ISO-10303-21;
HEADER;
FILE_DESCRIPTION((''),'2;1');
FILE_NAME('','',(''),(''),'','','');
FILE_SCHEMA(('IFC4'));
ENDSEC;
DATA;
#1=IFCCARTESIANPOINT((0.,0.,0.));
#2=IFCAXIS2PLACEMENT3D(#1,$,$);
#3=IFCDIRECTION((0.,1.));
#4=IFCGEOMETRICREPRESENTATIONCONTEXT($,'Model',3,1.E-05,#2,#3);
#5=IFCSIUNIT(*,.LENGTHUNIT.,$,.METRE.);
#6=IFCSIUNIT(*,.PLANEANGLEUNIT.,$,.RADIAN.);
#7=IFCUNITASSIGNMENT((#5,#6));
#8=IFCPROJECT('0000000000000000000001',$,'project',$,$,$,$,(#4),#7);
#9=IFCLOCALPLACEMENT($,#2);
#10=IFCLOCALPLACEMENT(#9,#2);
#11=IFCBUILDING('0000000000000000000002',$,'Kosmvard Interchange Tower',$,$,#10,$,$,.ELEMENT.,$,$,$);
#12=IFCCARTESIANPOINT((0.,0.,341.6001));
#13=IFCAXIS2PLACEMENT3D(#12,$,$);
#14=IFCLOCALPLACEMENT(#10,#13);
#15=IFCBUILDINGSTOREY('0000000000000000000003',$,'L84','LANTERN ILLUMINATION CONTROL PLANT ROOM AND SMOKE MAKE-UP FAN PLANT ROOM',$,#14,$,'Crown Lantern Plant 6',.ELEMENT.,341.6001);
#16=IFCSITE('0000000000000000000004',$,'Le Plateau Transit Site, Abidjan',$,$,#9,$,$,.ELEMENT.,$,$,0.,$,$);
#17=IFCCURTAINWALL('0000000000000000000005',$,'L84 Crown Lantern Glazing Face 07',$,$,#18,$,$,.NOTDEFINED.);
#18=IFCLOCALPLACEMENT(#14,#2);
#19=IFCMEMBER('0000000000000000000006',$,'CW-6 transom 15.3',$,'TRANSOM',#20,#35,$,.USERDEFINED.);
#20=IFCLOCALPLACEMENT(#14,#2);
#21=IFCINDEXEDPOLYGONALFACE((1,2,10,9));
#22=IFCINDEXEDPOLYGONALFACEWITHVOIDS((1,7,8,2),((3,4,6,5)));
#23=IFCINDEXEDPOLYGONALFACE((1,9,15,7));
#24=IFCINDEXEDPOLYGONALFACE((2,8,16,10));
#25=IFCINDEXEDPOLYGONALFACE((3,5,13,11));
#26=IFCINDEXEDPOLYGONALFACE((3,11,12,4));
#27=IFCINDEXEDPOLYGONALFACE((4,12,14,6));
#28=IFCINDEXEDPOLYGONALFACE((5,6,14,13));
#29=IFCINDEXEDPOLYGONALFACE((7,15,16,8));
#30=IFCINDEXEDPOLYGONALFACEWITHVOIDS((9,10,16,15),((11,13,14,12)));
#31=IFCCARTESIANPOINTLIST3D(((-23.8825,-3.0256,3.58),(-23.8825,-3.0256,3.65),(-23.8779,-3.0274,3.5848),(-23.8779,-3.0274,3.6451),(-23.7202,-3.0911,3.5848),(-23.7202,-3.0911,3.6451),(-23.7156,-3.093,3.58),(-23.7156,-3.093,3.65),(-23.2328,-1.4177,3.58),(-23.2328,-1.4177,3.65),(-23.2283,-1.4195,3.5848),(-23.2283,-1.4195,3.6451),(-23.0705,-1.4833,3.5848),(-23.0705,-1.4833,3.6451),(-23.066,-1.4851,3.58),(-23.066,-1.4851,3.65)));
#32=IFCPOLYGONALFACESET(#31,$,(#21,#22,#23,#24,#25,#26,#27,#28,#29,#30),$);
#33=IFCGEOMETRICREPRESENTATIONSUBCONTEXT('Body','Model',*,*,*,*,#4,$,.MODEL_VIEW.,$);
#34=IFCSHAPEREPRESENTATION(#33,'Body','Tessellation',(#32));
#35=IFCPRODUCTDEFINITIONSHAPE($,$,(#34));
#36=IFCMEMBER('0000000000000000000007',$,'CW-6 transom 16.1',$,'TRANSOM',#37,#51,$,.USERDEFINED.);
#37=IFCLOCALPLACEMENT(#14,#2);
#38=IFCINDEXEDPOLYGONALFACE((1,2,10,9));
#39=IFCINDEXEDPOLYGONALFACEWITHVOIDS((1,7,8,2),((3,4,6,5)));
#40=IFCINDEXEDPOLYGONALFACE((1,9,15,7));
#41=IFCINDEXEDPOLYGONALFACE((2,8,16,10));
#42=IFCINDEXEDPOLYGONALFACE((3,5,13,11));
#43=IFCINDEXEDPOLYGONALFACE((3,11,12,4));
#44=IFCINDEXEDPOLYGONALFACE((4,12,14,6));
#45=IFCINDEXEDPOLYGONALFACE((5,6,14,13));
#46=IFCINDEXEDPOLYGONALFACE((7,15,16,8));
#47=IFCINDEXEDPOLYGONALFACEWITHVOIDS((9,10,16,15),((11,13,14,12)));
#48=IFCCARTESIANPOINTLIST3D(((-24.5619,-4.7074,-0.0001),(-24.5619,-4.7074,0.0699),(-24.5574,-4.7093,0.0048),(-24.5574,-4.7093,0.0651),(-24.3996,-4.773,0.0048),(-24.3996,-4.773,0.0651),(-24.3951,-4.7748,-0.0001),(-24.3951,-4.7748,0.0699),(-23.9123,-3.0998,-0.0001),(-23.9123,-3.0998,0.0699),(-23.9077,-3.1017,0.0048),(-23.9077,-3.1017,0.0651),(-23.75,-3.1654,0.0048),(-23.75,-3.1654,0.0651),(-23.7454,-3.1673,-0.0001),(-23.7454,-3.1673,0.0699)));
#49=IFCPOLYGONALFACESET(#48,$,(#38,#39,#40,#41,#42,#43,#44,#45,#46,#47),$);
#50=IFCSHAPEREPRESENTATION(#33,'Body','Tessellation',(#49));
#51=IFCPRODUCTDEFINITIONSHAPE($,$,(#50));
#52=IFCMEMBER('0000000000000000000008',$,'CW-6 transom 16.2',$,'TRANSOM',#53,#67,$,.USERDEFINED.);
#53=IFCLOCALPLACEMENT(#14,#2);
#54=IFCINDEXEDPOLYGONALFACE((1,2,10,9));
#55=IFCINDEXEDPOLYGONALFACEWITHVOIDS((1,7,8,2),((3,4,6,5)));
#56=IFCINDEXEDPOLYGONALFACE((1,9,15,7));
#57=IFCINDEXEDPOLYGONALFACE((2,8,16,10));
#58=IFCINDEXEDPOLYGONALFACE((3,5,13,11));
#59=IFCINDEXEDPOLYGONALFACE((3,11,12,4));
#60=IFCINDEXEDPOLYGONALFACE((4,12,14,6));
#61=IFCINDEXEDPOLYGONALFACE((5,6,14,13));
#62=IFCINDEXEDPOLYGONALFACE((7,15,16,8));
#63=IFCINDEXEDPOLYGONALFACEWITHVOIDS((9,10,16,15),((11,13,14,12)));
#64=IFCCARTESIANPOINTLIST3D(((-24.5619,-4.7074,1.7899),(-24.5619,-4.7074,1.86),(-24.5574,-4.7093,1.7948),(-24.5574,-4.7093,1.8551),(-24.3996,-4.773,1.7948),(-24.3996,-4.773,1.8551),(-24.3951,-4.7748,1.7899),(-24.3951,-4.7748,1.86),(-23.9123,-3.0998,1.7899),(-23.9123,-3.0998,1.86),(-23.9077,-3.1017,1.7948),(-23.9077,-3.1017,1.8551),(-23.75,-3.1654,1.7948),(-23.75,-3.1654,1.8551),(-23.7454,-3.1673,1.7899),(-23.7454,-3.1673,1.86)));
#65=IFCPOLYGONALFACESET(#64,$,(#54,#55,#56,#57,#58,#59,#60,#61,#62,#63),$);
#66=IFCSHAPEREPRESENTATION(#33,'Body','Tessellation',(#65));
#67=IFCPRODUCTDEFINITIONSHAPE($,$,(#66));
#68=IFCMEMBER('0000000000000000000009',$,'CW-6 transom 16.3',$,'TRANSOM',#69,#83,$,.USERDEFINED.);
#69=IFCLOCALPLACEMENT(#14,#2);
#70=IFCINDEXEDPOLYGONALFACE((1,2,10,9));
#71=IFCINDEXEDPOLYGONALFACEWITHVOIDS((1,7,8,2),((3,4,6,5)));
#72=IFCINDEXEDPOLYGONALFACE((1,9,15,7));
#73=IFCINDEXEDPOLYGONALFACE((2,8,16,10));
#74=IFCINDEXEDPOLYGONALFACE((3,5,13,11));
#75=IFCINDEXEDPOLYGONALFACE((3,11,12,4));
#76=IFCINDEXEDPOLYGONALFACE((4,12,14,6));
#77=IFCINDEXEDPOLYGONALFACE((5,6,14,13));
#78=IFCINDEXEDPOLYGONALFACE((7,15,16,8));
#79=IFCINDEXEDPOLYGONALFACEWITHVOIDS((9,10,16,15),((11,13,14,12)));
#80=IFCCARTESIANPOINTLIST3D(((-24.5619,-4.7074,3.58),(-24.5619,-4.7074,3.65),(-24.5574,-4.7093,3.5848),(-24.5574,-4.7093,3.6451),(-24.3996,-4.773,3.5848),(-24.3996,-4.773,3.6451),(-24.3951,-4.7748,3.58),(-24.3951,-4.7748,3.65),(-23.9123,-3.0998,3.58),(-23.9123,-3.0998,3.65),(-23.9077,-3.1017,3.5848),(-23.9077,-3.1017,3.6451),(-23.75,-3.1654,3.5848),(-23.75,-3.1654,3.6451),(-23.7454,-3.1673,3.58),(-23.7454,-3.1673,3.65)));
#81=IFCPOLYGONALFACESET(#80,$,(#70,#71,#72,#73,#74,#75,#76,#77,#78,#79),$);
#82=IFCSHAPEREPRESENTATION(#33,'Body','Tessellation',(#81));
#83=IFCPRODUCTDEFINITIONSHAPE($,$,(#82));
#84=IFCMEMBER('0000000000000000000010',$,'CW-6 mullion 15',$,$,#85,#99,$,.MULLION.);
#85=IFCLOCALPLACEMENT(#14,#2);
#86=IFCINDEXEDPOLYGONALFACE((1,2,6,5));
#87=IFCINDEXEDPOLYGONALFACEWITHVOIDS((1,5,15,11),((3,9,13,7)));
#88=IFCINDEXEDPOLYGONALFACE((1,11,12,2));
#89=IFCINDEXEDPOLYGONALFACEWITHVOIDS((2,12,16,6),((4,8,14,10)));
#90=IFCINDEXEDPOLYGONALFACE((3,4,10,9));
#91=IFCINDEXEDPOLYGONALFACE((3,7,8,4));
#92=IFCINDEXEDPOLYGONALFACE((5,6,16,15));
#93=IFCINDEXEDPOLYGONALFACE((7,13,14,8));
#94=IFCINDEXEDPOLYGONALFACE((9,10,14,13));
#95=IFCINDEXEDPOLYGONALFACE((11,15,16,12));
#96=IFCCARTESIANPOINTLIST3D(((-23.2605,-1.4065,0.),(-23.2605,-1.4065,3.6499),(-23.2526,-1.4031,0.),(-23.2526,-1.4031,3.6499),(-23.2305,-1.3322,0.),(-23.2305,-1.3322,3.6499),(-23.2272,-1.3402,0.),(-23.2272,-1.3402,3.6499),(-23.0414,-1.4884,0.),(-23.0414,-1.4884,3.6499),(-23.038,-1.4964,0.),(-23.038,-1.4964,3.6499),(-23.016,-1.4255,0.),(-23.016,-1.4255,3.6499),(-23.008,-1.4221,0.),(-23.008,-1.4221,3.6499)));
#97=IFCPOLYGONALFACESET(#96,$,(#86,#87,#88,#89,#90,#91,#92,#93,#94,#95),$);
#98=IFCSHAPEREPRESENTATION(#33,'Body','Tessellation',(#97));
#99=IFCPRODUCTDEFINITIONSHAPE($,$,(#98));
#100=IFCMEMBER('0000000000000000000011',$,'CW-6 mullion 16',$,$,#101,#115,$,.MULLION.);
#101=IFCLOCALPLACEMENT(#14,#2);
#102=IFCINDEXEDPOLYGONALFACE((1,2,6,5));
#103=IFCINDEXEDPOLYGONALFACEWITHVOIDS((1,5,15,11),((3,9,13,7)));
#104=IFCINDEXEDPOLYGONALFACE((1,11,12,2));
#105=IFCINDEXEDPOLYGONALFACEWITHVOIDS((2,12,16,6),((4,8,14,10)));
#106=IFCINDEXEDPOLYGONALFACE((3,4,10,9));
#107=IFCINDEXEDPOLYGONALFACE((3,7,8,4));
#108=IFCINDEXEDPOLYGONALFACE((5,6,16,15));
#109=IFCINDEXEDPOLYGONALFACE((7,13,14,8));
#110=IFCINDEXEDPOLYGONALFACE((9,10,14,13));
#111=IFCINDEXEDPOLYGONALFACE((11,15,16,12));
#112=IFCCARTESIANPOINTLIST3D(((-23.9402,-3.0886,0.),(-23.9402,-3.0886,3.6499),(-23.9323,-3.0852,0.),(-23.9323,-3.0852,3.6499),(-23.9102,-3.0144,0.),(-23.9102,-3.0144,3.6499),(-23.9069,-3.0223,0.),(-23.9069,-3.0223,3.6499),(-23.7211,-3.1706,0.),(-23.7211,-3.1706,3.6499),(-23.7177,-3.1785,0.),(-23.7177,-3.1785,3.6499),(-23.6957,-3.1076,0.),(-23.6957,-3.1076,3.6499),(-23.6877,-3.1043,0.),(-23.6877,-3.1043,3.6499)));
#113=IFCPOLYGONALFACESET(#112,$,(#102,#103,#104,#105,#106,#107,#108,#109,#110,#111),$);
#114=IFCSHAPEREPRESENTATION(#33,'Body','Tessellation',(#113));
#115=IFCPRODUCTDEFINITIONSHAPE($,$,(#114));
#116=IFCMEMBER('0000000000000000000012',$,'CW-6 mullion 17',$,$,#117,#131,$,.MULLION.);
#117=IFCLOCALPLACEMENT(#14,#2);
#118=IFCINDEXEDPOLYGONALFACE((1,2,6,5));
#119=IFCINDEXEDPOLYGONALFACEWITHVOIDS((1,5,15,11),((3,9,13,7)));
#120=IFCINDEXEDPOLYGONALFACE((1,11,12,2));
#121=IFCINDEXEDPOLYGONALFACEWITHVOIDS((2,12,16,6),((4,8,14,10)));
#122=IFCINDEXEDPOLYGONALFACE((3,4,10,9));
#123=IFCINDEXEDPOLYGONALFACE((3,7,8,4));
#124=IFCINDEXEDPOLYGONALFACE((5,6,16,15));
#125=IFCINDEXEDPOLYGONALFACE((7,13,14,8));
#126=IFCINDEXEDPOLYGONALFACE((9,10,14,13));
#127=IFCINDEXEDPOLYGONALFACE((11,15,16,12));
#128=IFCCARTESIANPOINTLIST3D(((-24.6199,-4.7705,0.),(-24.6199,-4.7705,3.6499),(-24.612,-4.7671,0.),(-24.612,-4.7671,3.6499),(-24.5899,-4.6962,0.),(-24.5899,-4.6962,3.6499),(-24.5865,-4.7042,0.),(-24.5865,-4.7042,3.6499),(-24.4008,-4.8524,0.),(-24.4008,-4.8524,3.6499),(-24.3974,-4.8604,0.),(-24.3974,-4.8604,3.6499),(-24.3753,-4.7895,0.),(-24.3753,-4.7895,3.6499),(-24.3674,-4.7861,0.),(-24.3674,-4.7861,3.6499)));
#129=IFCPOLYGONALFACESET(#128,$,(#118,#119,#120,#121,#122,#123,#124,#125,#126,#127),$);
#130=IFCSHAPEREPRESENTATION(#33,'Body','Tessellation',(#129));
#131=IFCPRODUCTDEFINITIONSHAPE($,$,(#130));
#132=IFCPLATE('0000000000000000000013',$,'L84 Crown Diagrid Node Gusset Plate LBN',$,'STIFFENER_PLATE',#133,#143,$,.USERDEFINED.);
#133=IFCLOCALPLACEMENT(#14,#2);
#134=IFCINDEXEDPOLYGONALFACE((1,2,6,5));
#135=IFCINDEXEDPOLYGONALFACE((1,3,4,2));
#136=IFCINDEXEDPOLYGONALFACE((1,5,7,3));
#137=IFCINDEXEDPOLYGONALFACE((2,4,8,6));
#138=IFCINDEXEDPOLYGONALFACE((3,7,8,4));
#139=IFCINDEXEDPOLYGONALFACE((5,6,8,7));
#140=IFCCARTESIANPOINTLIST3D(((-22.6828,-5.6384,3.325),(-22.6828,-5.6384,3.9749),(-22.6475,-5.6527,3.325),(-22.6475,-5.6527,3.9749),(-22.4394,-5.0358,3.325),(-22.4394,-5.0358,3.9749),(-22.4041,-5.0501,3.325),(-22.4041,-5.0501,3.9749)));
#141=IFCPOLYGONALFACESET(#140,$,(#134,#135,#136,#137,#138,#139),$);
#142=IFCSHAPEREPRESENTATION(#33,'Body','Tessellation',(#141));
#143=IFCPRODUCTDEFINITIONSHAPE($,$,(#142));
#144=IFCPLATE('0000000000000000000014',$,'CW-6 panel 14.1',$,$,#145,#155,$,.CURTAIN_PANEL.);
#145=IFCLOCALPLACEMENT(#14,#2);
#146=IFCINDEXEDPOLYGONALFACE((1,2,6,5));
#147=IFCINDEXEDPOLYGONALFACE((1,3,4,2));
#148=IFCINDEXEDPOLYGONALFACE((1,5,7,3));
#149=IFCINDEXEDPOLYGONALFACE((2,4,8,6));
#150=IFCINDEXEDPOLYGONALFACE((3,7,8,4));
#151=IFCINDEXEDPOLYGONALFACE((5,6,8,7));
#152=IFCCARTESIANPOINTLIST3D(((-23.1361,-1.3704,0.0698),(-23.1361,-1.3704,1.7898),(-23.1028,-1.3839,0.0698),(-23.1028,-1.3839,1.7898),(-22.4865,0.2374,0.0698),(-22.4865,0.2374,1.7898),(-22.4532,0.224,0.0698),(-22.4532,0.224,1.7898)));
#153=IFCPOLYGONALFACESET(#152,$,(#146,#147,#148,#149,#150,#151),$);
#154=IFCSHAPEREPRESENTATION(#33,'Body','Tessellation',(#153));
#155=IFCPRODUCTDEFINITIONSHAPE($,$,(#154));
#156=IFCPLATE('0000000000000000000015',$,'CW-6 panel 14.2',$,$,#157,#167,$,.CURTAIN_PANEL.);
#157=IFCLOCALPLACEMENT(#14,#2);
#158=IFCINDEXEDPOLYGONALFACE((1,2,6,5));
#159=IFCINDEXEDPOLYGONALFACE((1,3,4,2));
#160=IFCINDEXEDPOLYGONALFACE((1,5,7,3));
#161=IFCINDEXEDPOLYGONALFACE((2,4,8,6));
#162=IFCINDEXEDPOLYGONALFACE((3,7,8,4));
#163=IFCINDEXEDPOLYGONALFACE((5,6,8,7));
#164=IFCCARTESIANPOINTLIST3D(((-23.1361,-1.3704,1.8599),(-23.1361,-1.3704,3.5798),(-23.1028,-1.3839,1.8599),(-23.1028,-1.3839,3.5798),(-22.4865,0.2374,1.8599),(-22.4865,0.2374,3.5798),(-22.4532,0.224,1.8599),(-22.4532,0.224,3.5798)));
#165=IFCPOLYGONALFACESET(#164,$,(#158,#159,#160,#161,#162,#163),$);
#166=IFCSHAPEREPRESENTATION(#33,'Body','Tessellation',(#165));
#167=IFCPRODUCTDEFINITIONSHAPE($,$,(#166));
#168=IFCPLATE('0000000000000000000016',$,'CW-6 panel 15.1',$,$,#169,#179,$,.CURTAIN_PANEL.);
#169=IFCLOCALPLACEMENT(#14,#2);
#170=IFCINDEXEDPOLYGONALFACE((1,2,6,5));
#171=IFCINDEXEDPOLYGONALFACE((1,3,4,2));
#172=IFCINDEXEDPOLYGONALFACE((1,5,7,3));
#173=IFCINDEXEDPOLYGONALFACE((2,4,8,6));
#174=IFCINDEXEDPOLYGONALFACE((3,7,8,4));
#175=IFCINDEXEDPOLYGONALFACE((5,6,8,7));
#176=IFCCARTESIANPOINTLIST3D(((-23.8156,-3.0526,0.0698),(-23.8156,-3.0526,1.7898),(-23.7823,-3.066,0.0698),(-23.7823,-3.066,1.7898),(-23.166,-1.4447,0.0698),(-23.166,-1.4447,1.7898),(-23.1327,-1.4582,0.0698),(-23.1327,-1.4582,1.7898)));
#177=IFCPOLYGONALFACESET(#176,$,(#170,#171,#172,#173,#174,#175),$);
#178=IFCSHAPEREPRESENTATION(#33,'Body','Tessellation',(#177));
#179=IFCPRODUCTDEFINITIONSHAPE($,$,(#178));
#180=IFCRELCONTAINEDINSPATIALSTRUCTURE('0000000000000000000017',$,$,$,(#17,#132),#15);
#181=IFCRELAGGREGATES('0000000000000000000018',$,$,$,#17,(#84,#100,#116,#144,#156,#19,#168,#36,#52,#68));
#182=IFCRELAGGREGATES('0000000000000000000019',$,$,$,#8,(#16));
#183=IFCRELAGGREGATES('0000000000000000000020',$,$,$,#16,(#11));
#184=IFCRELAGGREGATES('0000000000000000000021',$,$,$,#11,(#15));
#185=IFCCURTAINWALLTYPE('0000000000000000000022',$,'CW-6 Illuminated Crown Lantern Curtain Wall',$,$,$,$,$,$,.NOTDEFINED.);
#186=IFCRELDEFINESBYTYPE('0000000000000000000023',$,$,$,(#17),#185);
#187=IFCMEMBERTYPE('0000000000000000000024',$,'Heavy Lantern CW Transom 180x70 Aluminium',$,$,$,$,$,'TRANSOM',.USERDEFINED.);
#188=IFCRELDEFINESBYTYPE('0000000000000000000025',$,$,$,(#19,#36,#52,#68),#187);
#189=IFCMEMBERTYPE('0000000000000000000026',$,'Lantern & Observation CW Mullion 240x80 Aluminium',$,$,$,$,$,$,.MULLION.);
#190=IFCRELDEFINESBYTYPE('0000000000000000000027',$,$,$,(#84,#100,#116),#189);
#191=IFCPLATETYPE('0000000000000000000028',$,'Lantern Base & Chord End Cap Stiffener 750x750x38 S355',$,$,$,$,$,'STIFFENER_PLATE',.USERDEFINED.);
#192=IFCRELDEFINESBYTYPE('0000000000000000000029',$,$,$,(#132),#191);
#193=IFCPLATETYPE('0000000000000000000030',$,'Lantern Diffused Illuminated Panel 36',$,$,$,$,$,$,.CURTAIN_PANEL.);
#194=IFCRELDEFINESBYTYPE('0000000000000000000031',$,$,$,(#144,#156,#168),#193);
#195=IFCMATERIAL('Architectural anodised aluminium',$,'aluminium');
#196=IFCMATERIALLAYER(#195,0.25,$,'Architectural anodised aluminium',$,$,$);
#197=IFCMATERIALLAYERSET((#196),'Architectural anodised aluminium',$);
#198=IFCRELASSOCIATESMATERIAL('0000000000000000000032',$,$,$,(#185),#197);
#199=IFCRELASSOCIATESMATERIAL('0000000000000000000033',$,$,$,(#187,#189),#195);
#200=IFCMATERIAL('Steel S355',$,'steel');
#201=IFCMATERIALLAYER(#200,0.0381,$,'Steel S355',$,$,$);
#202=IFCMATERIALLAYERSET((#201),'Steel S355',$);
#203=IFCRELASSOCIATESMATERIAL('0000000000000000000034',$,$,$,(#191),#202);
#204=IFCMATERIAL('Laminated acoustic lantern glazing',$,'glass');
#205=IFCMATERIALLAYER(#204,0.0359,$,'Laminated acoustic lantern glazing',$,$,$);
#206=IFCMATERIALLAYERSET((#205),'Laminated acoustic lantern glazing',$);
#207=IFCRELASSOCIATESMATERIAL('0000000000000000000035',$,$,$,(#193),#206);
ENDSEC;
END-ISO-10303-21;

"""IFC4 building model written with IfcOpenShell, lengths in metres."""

from ifc_helpers import new_model, si_unit, direction, frame, origin, origin_2d, place, context, subcontext, project, spatial, rectangle, hollow_rectangle, extrude, source, transform, mapped, material, layer, layer_set, material_profile, profile_set, type_object, element, aggregate, save


model = new_model("IFC4")

# Units and contexts
model_context = context("Model", 3, precision=1e-05, world=origin(), true_north=direction((0.0, 1.0)))
body_context = subcontext(model_context, "Body", "Model", "MODEL_VIEW")
ifc_project = project(units=[si_unit("LENGTHUNIT", "METRE"), si_unit("PLANEANGLEUNIT", "RADIAN")], contexts=[model_context])

# Site, building, storey
site_placement = place(None, origin())
site = spatial("IfcSite", under=ifc_project, at=site_placement, Name="Le Plateau Transit Site, Abidjan", CompositionType="ELEMENT", RefElevation=0.0)
building_placement = place(site_placement, origin())
building = spatial("IfcBuilding", under=site, at=building_placement, Name="Kosmvard Interchange Tower", CompositionType="ELEMENT")
storey_placement = place(building_placement, frame((0.0, 0.0, 341.6001)))
storey = spatial("IfcBuildingStorey", under=building, at=storey_placement, Name="L84", Description="LANTERN ILLUMINATION CONTROL PLANT ROOM AND SMOKE MAKE-UP FAN PLANT ROOM", LongName="Crown Lantern Plant 6", CompositionType="ELEMENT", Elevation=341.6001)

# Shared definitions
ifc_material_1 = material(Name="Steel S355", Category="steel")

# Curtain wall, members
ifc_material_2 = material(Name="Architectural anodised aluminium", Category="aluminium")
ifc_layer_1 = layer(ifc_material_2, 0.25, Name="Architectural anodised aluminium")
ifc_layer_set_1 = layer_set([ifc_layer_1], Name="Architectural anodised aluminium")
curtain_wall_type = type_object("IfcCurtainWallType", Name="CW-6 Illuminated Crown Lantern Curtain Wall", PredefinedType="NOTDEFINED", material=ifc_layer_set_1)
curtain_wall_placement = place(storey_placement, origin())
curtain_wall = element("IfcCurtainWall", 1, at=curtain_wall_placement, inside=storey, type_object=curtain_wall_type, Name="L84 Crown Lantern Glazing Face 07", PredefinedType="NOTDEFINED")
ifc_material_profile_1 = material_profile(ifc_material_2, hollow_rectangle(XDim=0.1799, YDim=0.0701, WallThickness=0.0049, at=origin_2d()), Name="CWT 180x70x5")
ifc_profile_set_1 = profile_set([ifc_material_profile_1], Name="Architectural anodised aluminium")
member_type_1 = type_object("IfcMemberType", Name="Heavy Lantern CW Transom 180x70 Aluminium", ElementType="TRANSOM", PredefinedType="USERDEFINED", material=ifc_profile_set_1)
shared_shape_1 = source(origin(), body_context, "Body", "SweptSolid", [
    extrude(hollow_rectangle(XDim=0.1799, YDim=0.0701, WallThickness=0.0049, at=origin_2d()), origin(), (0.0, 0.0, 1.0), 1.7341),
])
member_1_placement = place(storey_placement, frame((-23.1494, -1.4514, 3.615), z_axis=(-0.374617, -0.92718, 0.0), x_axis=(0.92718, -0.374617, 0.0)))
member_1 = element("IfcMember", 2, at=member_1_placement, type_object=member_type_1, Name="CW-6 transom 15.3", ObjectType="TRANSOM", PredefinedType="USERDEFINED", context=body_context, shape_type="MappedRepresentation", body=[
    mapped(shared_shape_1, transform((0.0, 0.0, 0.0), scale=1.0)),
])
shared_shape_2 = source(origin(), body_context, "Body", "SweptSolid", [
    extrude(hollow_rectangle(XDim=0.1799, YDim=0.0701, WallThickness=0.0049, at=origin_2d()), origin(), (0.0, 0.0, 1.0), 1.7339),
])
member_2_placement = place(storey_placement, frame((-23.8289, -3.1335, 0.0349), z_axis=(-0.374666, -0.92716, 0.0), x_axis=(0.92716, -0.374666, 0.0)))
member_2 = element("IfcMember", 3, at=member_2_placement, type_object=member_type_1, Name="CW-6 transom 16.1", ObjectType="TRANSOM", PredefinedType="USERDEFINED", context=body_context, shape_type="MappedRepresentation", body=[
    mapped(shared_shape_2, transform((0.0, 0.0, 0.0), scale=1.0)),
])
member_3_placement = place(storey_placement, frame((-23.8289, -3.1335, 1.825), z_axis=(-0.374666, -0.92716, 0.0), x_axis=(0.92716, -0.374666, 0.0)))
member_3 = element("IfcMember", 4, at=member_3_placement, type_object=member_type_1, Name="CW-6 transom 16.2", ObjectType="TRANSOM", PredefinedType="USERDEFINED", context=body_context, shape_type="MappedRepresentation", body=[
    mapped(shared_shape_2, transform((0.0, 0.0, 0.0), scale=1.0)),
])
member_4_placement = place(storey_placement, frame((-23.8289, -3.1335, 3.615), z_axis=(-0.374666, -0.92716, 0.0), x_axis=(0.92716, -0.374666, 0.0)))
member_4 = element("IfcMember", 5, at=member_4_placement, type_object=member_type_1, Name="CW-6 transom 16.3", ObjectType="TRANSOM", PredefinedType="USERDEFINED", context=body_context, shape_type="MappedRepresentation", body=[
    mapped(shared_shape_2, transform((0.0, 0.0, 0.0), scale=1.0)),
])
ifc_material_profile_2 = material_profile(ifc_material_2, hollow_rectangle(XDim=0.24, YDim=0.0801, WallThickness=0.0061, at=origin_2d()), Name="CWM 240x80x6")
ifc_profile_set_2 = profile_set([ifc_material_profile_2], Name="Architectural anodised aluminium")
member_type_2 = type_object("IfcMemberType", Name="Lantern & Observation CW Mullion 240x80 Aluminium", PredefinedType="MULLION", material=ifc_profile_set_2)
shared_shape_3 = source(origin(), body_context, "Body", "SweptSolid", [
    extrude(hollow_rectangle(XDim=0.24, YDim=0.0801, WallThickness=0.0061, at=origin_2d()), origin(), (0.0, 0.0, 1.0), 3.6499),
])
member_5_placement = place(storey_placement, frame((-23.1343, -1.4143, 0.0), z_axis=(0.0, 0.0, 1.0), x_axis=(0.927184, -0.374607, 0.0)))
member_5 = element("IfcMember", 6, at=member_5_placement, type_object=member_type_2, Name="CW-6 mullion 15", PredefinedType="MULLION", context=body_context, shape_type="MappedRepresentation", body=[
    mapped(shared_shape_3, transform((0.0, 0.0, 0.0), scale=1.0)),
])
member_6_placement = place(storey_placement, frame((-23.814, -3.0964, 0.0), z_axis=(0.0, 0.0, 1.0), x_axis=(0.927184, -0.374607, 0.0)))
member_6 = element("IfcMember", 7, at=member_6_placement, type_object=member_type_2, Name="CW-6 mullion 16", PredefinedType="MULLION", context=body_context, shape_type="MappedRepresentation", body=[
    mapped(shared_shape_3, transform((0.0, 0.0, 0.0), scale=1.0)),
])
member_7_placement = place(storey_placement, frame((-24.4937, -4.7783, 0.0), z_axis=(0.0, 0.0, 1.0), x_axis=(0.927184, -0.374607, 0.0)))
member_7 = element("IfcMember", 8, at=member_7_placement, type_object=member_type_2, Name="CW-6 mullion 17", PredefinedType="MULLION", context=body_context, shape_type="MappedRepresentation", body=[
    mapped(shared_shape_3, transform((0.0, 0.0, 0.0), scale=1.0)),
])

# Plates
ifc_layer_2 = layer(ifc_material_1, 0.0381, Name="Steel S355")
ifc_layer_set_2 = layer_set([ifc_layer_2], Name="Steel S355")
plate_type_1 = type_object("IfcPlateType", Name="Lantern Base & Chord End Cap Stiffener 750x750x38 S355", ElementType="STIFFENER_PLATE", PredefinedType="USERDEFINED", material=ifc_layer_set_2)
shared_shape_4 = source(origin(), body_context, "Body", "SweptSolid", [
    extrude(rectangle(XDim=0.6499, YDim=0.0381, at=origin_2d()), origin(), (0.0, 0.0, 1.0), 0.6499),
])
plate_1_placement = place(storey_placement, frame((-22.5435, -5.3442, 3.325), z_axis=(0.0, 0.0, 1.0), x_axis=(0.374607, 0.927184, 0.0)))
element("IfcPlate", 9, at=plate_1_placement, inside=storey, type_object=plate_type_1, Name="L84 Crown Diagrid Node Gusset Plate LBN", ObjectType="STIFFENER_PLATE", PredefinedType="USERDEFINED", context=body_context, shape_type="MappedRepresentation", body=[
    mapped(shared_shape_4, transform((0.0, 0.0, 0.0), scale=1.0)),
])
ifc_material_3 = material(Name="Laminated acoustic lantern glazing", Category="glass")
ifc_layer_3 = layer(ifc_material_3, 0.0359, Name="Laminated acoustic lantern glazing")
ifc_layer_set_3 = layer_set([ifc_layer_3], Name="Laminated acoustic lantern glazing")
plate_type_2 = type_object("IfcPlateType", Name="Lantern Diffused Illuminated Panel 36", PredefinedType="CURTAIN_PANEL", material=ifc_layer_set_3)
shared_shape_5 = source(origin(), body_context, "Body", "SweptSolid", [
    extrude(rectangle(XDim=1.7341, YDim=0.0359, at=origin_2d()), origin(), (0.0, 0.0, 1.0), 1.72),
])
plate_2_placement = place(storey_placement, frame((-22.7947, -0.5732, 0.0698), z_axis=(0.0, 0.0, 1.0), x_axis=(-0.374607, -0.927184, 0.0)))
plate_2 = element("IfcPlate", 10, at=plate_2_placement, type_object=plate_type_2, Name="CW-6 panel 14.1", PredefinedType="CURTAIN_PANEL", context=body_context, shape_type="MappedRepresentation", body=[
    mapped(shared_shape_5, transform((0.0, 0.0, 0.0), scale=1.0)),
])
plate_3_placement = place(storey_placement, frame((-22.7947, -0.5732, 1.8599), z_axis=(0.0, 0.0, 1.0), x_axis=(-0.374607, -0.927184, 0.0)))
plate_3 = element("IfcPlate", 11, at=plate_3_placement, type_object=plate_type_2, Name="CW-6 panel 14.2", PredefinedType="CURTAIN_PANEL", context=body_context, shape_type="MappedRepresentation", body=[
    mapped(shared_shape_5, transform((0.0, 0.0, 0.0), scale=1.0)),
])
plate_4_placement = place(storey_placement, frame((-23.4741, -2.2554, 0.0698), z_axis=(0.0, 0.0, 1.0), x_axis=(-0.374607, -0.927184, 0.0)))
plate_4 = element("IfcPlate", 12, at=plate_4_placement, type_object=plate_type_2, Name="CW-6 panel 15.1", PredefinedType="CURTAIN_PANEL", context=body_context, shape_type="MappedRepresentation", body=[
    mapped(shared_shape_5, transform((0.0, 0.0, 0.0), scale=1.0)),
])
aggregate(curtain_wall, [member_5, member_6, member_7, plate_2, plate_3, member_1, plate_4, member_2, member_3, member_4])

save(model, "model.ifc")
